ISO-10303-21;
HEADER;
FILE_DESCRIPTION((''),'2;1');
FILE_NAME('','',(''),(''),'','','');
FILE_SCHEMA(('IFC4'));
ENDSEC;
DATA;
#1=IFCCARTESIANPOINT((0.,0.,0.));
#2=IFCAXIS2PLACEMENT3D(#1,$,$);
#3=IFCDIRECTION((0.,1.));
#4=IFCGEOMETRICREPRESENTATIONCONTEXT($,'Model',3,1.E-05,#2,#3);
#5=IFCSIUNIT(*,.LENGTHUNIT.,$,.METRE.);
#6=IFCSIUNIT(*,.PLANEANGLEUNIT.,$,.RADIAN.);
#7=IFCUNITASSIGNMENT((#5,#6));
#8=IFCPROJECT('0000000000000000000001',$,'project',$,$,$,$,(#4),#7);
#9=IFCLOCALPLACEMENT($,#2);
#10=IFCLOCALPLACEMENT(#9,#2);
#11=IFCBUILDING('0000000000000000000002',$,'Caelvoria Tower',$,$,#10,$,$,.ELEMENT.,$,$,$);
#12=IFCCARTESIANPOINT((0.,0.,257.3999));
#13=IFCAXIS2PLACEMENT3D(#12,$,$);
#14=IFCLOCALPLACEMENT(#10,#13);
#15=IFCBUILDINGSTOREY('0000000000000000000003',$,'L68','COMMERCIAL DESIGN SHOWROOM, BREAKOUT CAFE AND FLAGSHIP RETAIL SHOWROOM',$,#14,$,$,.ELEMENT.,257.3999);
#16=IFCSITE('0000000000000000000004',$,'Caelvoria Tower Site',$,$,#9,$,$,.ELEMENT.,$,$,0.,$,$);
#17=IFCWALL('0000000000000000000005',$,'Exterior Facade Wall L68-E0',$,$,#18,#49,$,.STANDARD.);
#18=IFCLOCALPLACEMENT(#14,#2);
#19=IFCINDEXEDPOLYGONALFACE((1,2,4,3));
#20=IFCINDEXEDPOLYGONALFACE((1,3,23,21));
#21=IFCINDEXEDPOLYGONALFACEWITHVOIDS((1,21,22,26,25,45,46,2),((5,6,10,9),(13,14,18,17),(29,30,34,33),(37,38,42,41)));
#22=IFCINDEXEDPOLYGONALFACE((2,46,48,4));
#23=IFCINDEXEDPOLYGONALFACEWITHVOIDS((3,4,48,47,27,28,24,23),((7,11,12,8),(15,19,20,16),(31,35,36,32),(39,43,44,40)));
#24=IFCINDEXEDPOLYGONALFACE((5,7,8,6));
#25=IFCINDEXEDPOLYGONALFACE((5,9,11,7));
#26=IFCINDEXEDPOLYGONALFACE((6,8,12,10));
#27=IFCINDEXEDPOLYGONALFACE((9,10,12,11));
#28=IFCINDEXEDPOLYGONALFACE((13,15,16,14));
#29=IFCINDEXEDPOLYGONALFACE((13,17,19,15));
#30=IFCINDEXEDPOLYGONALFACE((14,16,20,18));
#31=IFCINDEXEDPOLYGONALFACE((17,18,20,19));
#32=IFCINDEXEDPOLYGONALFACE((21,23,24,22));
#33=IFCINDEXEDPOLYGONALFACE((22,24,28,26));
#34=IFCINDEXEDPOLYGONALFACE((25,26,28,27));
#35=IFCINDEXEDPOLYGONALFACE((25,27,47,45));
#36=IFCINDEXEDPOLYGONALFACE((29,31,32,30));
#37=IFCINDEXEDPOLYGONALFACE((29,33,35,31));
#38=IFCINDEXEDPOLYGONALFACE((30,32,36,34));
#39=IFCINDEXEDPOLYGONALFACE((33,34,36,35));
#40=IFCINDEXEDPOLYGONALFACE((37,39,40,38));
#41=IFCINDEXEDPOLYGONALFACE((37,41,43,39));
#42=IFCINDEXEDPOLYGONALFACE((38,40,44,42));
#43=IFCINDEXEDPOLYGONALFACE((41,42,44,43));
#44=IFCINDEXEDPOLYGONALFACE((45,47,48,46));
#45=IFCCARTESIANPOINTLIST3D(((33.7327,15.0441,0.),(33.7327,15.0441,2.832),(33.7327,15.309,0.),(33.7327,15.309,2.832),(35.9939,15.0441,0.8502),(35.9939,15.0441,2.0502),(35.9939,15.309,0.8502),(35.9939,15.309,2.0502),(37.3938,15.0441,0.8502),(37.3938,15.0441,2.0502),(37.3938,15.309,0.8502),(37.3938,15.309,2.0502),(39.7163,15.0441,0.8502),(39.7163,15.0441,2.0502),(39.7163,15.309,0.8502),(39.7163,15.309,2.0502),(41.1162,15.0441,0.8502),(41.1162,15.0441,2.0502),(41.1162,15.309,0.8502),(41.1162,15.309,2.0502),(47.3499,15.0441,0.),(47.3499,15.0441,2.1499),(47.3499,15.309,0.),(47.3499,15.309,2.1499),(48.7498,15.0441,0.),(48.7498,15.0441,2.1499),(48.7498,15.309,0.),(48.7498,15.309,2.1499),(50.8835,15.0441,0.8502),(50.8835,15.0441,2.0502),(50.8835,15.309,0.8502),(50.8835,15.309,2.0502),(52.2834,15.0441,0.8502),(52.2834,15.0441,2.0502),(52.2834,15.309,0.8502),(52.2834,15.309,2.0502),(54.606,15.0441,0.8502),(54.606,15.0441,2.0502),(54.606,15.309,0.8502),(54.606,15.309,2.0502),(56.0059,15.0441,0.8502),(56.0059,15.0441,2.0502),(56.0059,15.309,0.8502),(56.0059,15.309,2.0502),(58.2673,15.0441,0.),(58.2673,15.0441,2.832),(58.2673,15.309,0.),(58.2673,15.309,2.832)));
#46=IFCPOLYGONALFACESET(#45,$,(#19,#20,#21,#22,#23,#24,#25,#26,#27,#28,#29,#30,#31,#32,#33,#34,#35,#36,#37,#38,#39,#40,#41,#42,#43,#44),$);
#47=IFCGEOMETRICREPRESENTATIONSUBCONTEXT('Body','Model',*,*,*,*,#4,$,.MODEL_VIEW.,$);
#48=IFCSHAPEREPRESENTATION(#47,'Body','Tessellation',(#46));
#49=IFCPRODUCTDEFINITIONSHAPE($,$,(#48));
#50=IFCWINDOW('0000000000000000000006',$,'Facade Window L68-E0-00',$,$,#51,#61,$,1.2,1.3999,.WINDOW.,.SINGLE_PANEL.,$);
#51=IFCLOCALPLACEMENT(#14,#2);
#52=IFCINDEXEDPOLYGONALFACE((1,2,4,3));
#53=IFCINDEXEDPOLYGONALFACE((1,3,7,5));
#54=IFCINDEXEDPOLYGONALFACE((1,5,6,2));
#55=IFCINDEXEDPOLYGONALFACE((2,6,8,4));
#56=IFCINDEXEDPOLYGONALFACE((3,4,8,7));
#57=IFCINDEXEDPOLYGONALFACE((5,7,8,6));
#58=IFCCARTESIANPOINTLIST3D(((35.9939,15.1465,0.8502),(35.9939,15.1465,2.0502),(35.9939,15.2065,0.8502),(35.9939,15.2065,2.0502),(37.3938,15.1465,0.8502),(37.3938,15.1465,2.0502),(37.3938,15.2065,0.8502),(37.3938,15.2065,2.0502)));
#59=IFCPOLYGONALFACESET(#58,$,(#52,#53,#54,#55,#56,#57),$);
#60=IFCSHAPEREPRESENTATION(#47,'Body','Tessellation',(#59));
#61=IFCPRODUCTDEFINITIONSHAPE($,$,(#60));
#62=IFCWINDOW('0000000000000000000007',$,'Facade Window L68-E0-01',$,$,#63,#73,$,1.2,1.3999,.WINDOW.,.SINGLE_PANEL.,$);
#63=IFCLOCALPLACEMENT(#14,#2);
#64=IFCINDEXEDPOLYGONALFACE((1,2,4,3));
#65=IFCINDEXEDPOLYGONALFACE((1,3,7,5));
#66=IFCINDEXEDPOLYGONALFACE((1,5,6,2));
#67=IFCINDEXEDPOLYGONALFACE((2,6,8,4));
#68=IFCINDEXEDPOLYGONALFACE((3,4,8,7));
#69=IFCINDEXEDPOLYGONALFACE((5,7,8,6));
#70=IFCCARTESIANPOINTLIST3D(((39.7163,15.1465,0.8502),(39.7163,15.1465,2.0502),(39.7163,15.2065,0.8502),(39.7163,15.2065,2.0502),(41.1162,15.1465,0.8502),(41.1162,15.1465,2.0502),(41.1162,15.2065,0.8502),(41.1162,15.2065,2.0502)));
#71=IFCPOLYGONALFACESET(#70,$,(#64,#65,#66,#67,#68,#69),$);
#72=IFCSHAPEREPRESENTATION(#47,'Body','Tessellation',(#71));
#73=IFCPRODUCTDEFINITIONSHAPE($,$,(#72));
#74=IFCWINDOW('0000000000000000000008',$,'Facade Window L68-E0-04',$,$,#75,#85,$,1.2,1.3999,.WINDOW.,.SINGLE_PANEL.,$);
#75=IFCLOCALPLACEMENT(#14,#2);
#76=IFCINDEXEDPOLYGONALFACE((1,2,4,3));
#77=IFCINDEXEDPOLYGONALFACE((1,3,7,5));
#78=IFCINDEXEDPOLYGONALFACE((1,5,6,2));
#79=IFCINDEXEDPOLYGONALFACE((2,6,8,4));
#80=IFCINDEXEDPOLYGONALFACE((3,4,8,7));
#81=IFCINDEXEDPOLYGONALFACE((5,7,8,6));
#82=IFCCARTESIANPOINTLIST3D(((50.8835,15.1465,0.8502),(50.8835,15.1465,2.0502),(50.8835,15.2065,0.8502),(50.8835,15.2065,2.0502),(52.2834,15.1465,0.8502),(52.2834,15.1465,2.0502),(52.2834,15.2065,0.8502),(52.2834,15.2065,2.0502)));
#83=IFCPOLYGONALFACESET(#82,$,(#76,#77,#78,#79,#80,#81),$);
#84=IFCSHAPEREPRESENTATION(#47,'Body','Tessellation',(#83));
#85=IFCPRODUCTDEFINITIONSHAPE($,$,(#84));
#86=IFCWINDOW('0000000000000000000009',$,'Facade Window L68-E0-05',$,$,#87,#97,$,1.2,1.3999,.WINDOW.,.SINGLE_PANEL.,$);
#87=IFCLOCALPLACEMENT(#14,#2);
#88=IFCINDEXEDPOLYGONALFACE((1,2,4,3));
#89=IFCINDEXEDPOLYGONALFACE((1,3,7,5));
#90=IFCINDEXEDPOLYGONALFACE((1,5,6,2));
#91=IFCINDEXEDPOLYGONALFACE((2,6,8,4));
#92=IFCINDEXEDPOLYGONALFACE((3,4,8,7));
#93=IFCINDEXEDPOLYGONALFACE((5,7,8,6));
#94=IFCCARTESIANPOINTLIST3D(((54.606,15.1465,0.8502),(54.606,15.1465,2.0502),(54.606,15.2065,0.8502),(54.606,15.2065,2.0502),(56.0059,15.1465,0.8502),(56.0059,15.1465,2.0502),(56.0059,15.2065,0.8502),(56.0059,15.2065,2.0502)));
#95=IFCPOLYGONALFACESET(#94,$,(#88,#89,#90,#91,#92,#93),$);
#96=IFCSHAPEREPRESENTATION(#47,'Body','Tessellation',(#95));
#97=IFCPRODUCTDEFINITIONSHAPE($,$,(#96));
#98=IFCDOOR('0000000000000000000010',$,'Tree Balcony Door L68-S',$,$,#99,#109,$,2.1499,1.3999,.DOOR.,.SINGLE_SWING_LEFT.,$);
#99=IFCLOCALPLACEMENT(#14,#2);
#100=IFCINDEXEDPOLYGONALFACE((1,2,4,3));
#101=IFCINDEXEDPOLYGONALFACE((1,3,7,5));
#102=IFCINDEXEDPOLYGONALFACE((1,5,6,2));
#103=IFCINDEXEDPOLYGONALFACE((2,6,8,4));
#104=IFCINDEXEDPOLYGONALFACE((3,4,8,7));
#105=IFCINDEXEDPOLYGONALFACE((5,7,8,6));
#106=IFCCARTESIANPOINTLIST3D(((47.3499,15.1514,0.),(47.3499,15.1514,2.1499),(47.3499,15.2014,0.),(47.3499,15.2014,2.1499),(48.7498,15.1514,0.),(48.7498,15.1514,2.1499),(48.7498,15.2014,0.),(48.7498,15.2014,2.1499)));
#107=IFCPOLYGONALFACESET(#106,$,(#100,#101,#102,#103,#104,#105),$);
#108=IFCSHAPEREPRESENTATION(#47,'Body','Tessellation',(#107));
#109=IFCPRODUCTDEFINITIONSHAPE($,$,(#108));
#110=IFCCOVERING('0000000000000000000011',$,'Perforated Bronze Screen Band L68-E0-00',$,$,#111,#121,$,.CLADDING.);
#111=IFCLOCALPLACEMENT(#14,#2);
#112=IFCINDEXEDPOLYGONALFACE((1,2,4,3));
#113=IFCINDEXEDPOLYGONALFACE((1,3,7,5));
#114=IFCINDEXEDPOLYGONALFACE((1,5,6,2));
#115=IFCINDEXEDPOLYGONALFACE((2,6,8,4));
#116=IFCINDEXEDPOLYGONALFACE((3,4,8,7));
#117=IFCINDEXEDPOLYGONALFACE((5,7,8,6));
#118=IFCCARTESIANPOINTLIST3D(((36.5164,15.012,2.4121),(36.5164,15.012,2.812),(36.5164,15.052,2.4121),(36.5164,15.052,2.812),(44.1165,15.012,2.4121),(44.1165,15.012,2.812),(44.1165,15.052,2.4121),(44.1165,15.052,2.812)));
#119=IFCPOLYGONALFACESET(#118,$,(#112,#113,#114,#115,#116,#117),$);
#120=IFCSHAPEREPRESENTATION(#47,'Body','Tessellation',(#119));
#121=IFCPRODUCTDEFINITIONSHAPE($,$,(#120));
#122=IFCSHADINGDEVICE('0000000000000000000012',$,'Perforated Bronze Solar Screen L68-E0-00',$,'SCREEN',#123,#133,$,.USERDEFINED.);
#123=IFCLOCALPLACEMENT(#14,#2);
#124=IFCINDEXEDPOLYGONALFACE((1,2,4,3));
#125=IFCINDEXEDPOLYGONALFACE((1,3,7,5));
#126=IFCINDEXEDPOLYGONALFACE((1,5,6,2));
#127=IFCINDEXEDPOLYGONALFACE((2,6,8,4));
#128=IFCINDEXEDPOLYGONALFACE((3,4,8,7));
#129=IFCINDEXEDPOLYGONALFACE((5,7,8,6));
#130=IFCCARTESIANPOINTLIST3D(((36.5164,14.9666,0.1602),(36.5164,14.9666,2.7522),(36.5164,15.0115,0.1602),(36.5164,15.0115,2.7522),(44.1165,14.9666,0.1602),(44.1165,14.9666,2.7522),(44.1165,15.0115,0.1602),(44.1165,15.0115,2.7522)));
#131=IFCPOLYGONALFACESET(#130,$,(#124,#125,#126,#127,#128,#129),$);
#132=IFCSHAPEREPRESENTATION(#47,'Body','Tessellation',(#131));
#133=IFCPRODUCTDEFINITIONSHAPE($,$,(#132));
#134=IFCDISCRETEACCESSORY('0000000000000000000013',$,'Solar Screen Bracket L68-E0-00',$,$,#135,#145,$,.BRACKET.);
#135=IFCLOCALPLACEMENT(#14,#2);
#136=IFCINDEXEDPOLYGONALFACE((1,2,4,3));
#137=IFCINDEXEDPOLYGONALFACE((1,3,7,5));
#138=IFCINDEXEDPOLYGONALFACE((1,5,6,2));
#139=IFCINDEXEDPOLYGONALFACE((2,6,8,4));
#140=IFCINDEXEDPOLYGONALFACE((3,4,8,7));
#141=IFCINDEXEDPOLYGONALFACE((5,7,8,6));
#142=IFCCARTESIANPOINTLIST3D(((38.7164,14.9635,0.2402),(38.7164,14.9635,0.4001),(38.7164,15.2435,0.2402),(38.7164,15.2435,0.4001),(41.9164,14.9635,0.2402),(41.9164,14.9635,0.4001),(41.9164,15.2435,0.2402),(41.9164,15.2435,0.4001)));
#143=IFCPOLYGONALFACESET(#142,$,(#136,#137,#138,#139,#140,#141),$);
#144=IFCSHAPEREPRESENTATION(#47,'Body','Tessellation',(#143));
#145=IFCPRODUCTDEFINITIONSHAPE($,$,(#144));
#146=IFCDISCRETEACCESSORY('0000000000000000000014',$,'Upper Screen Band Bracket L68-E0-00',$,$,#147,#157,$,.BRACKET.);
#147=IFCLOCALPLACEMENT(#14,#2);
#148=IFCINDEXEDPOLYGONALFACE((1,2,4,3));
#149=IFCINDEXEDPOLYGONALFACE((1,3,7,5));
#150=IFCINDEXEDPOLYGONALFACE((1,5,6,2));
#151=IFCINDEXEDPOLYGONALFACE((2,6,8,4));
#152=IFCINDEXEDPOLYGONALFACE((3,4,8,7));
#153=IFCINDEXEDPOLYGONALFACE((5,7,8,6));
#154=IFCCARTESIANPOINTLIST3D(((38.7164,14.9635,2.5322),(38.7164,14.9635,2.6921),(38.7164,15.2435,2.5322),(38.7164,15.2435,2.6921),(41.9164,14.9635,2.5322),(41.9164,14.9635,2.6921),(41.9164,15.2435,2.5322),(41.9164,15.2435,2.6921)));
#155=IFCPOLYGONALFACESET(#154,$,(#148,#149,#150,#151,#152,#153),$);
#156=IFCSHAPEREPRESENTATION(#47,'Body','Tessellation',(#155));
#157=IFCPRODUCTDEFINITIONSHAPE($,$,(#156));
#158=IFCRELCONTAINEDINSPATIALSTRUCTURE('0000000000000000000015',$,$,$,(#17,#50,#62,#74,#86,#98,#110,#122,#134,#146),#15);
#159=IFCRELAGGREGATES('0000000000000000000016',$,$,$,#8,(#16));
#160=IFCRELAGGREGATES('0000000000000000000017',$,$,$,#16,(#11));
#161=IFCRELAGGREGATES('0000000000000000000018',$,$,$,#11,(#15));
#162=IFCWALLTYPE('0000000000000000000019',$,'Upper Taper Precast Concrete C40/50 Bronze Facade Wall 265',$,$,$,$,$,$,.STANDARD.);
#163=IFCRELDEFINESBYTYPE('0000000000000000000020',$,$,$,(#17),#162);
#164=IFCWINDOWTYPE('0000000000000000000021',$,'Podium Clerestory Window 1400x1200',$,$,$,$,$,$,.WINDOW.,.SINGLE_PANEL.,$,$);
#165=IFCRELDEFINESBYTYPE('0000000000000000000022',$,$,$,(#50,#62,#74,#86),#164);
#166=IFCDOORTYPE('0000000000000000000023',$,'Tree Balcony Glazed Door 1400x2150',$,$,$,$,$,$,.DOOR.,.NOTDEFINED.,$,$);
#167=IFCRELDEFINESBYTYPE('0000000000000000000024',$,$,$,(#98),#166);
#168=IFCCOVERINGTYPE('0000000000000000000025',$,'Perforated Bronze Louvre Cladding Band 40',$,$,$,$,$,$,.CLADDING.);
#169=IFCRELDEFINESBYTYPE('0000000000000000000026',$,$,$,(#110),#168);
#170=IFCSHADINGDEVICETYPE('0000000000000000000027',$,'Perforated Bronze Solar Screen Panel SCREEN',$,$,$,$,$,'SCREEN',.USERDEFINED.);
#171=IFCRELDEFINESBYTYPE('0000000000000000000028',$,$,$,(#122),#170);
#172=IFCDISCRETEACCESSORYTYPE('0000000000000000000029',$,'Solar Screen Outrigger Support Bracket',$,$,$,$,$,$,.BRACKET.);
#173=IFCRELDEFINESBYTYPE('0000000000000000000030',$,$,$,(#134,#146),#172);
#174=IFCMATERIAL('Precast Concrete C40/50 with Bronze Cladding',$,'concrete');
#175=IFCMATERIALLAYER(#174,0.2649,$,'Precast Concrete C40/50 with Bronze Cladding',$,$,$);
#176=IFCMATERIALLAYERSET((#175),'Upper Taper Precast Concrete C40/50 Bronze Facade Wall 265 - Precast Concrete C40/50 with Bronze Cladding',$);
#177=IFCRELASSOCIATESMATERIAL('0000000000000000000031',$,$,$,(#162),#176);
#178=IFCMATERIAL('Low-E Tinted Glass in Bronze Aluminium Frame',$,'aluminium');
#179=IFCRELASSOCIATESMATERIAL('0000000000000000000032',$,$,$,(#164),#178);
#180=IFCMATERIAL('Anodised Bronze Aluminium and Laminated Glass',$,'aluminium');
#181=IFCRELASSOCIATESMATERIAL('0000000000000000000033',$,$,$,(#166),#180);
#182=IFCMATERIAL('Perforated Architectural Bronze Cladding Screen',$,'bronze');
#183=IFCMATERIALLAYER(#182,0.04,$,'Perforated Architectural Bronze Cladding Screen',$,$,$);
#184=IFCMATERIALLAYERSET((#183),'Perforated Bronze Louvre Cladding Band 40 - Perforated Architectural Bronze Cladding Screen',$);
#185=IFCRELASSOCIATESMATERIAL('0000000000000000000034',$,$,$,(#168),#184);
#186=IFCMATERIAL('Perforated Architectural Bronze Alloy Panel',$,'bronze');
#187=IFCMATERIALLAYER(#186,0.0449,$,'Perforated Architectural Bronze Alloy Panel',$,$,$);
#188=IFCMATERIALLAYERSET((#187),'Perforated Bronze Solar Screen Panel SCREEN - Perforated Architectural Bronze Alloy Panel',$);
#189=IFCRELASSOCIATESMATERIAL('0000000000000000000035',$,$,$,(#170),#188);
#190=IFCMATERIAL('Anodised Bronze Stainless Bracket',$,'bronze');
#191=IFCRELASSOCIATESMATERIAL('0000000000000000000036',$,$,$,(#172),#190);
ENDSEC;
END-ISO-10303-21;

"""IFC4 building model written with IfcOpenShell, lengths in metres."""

from ifc_helpers import new_model, si_unit, direction, frame, frame_2d, origin, origin_2d, place, context, subcontext, project, spatial, rectangle, extrude, material, layer, layer_set, type_object, element, fill, save


model = new_model("IFC4")

# Units and contexts
model_context = context("Model", 3, precision=1e-05, world=origin(), true_north=direction((0.0, 1.0)))
body_context = subcontext(model_context, "Body", "Model", "MODEL_VIEW")
ifc_project = project(units=[si_unit("LENGTHUNIT", "METRE"), si_unit("PLANEANGLEUNIT", "RADIAN")], contexts=[model_context])

# Site, building, storey
site_placement = place(None, origin())
site = spatial("IfcSite", under=ifc_project, at=site_placement, Name="Caelvoria Tower Site", CompositionType="ELEMENT", RefElevation=0.0)
building_placement = place(site_placement, origin())
building = spatial("IfcBuilding", under=site, at=building_placement, Name="Caelvoria Tower", CompositionType="ELEMENT")
storey_placement = place(building_placement, frame((0.0, 0.0, 257.3999)))
storey = spatial("IfcBuildingStorey", under=building, at=storey_placement, Name="L68", Description="COMMERCIAL DESIGN SHOWROOM, BREAKOUT CAFE AND FLAGSHIP RETAIL SHOWROOM", CompositionType="ELEMENT", Elevation=257.3999)

# Wall, openings, windows, door
ifc_material_1 = material(Name="Precast Concrete C40/50 with Bronze Cladding", Category="concrete")
ifc_layer_1 = layer(ifc_material_1, 0.2649, Name="Precast Concrete C40/50 with Bronze Cladding")
ifc_layer_set_1 = layer_set([ifc_layer_1], Name="Upper Taper Precast Concrete C40/50 Bronze Facade Wall 265 - Precast Concrete C40/50 with Bronze Cladding")
wall_type_1 = type_object("IfcWallType", Name="Upper Taper Precast Concrete C40/50 Bronze Facade Wall 265", PredefinedType="STANDARD", material=ifc_layer_set_1)
wall_1_placement = place(storey_placement, frame((33.7327, 15.1765, 0.0), z_axis=(0.0, 0.0, 1.0), x_axis=(1.0, 0.0, 0.0)))
wall_1 = element("IfcWall", 1, at=wall_1_placement, inside=storey, type_object=wall_type_1, Name="Exterior Facade Wall L68-E0", PredefinedType="STANDARD", context=body_context, shape_type="SweptSolid", body=[
    extrude(rectangle(XDim=24.5347, YDim=0.2649, at=frame_2d((12.2673, 0.0))), origin(), (0.0, 0.0, 1.0), 2.832),
])
opening_1_placement = place(wall_1_placement, frame((13.6172, 0.0, 0.0)))
opening_1 = element("IfcOpeningElement", 2, at=opening_1_placement, cuts=wall_1, PredefinedType="OPENING", context=body_context, shape_type="SweptSolid", body=[
    extrude(rectangle(XDim=1.3999, YDim=2.1499, at=frame_2d((0.7, 1.075))), frame((0.0, 0.1423, 0.0), z_axis=(0.0, -1.0, 0.0), x_axis=(1.0, 0.0, 0.0)), (0.0, 0.0, 1.0), 0.2849),
])
opening_2_placement = place(wall_1_placement, frame((2.2612, 0.0, 0.8501)))
opening_2 = element("IfcOpeningElement", 3, at=opening_2_placement, cuts=wall_1, PredefinedType="OPENING", context=body_context, shape_type="SweptSolid", body=[
    extrude(rectangle(XDim=1.3999, YDim=1.2, at=frame_2d((0.7, 0.6001))), frame((0.0, 0.1423, 0.0), z_axis=(0.0, -1.0, 0.0), x_axis=(1.0, 0.0, 0.0)), (0.0, 0.0, 1.0), 0.2849),
])
opening_3_placement = place(wall_1_placement, frame((5.9836, 0.0, 0.8501)))
opening_3 = element("IfcOpeningElement", 4, at=opening_3_placement, cuts=wall_1, PredefinedType="OPENING", context=body_context, shape_type="SweptSolid", body=[
    extrude(rectangle(XDim=1.3999, YDim=1.2, at=frame_2d((0.7, 0.6001))), frame((0.0, 0.1423, 0.0), z_axis=(0.0, -1.0, 0.0), x_axis=(1.0, 0.0, 0.0)), (0.0, 0.0, 1.0), 0.2849),
])
opening_4_placement = place(wall_1_placement, frame((17.1509, 0.0, 0.8501)))
opening_4 = element("IfcOpeningElement", 5, at=opening_4_placement, cuts=wall_1, PredefinedType="OPENING", context=body_context, shape_type="SweptSolid", body=[
    extrude(rectangle(XDim=1.3999, YDim=1.2, at=frame_2d((0.7, 0.6001))), frame((0.0, 0.1423, 0.0), z_axis=(0.0, -1.0, 0.0), x_axis=(1.0, 0.0, 0.0)), (0.0, 0.0, 1.0), 0.2849),
])
opening_5_placement = place(wall_1_placement, frame((20.8733, 0.0, 0.8501)))
opening_5 = element("IfcOpeningElement", 6, at=opening_5_placement, cuts=wall_1, PredefinedType="OPENING", context=body_context, shape_type="SweptSolid", body=[
    extrude(rectangle(XDim=1.3999, YDim=1.2, at=frame_2d((0.7, 0.6001))), frame((0.0, 0.1423, 0.0), z_axis=(0.0, -1.0, 0.0), x_axis=(1.0, 0.0, 0.0)), (0.0, 0.0, 1.0), 0.2849),
])
ifc_material_2 = material(Name="Low-E Tinted Glass in Bronze Aluminium Frame", Category="aluminium")
window_type = type_object("IfcWindowType", Name="Podium Clerestory Window 1400x1200", PartitioningType="SINGLE_PANEL", PredefinedType="WINDOW", material=ifc_material_2)
window_1_placement = place(opening_2_placement, origin())
window_1 = element("IfcWindow", 7, at=window_1_placement, inside=storey, type_object=window_type, Name="Facade Window L68-E0-00", OverallHeight=1.2, OverallWidth=1.3999, PartitioningType="SINGLE_PANEL", PredefinedType="WINDOW", context=body_context, shape_type="SweptSolid", body=[
    extrude(rectangle(XDim=1.3999, YDim=1.2, at=frame_2d((0.7, 0.6001))), frame((0.0, 0.03, 0.0), z_axis=(0.0, -1.0, 0.0), x_axis=(1.0, 0.0, 0.0)), (0.0, 0.0, 1.0), 0.0601),
])
fill(opening_2, window_1)
window_2_placement = place(opening_3_placement, origin())
window_2 = element("IfcWindow", 8, at=window_2_placement, inside=storey, type_object=window_type, Name="Facade Window L68-E0-01", OverallHeight=1.2, OverallWidth=1.3999, PartitioningType="SINGLE_PANEL", PredefinedType="WINDOW", context=body_context, shape_type="SweptSolid", body=[
    extrude(rectangle(XDim=1.3999, YDim=1.2, at=frame_2d((0.7, 0.6001))), frame((0.0, 0.03, 0.0), z_axis=(0.0, -1.0, 0.0), x_axis=(1.0, 0.0, 0.0)), (0.0, 0.0, 1.0), 0.0601),
])
fill(opening_3, window_2)
window_3_placement = place(opening_4_placement, origin())
window_3 = element("IfcWindow", 9, at=window_3_placement, inside=storey, type_object=window_type, Name="Facade Window L68-E0-04", OverallHeight=1.2, OverallWidth=1.3999, PartitioningType="SINGLE_PANEL", PredefinedType="WINDOW", context=body_context, shape_type="SweptSolid", body=[
    extrude(rectangle(XDim=1.3999, YDim=1.2, at=frame_2d((0.7, 0.6001))), frame((0.0, 0.03, 0.0), z_axis=(0.0, -1.0, 0.0), x_axis=(1.0, 0.0, 0.0)), (0.0, 0.0, 1.0), 0.0601),
])
fill(opening_4, window_3)
window_4_placement = place(opening_5_placement, origin())
window_4 = element("IfcWindow", 10, at=window_4_placement, inside=storey, type_object=window_type, Name="Facade Window L68-E0-05", OverallHeight=1.2, OverallWidth=1.3999, PartitioningType="SINGLE_PANEL", PredefinedType="WINDOW", context=body_context, shape_type="SweptSolid", body=[
    extrude(rectangle(XDim=1.3999, YDim=1.2, at=frame_2d((0.7, 0.6001))), frame((0.0, 0.03, 0.0), z_axis=(0.0, -1.0, 0.0), x_axis=(1.0, 0.0, 0.0)), (0.0, 0.0, 1.0), 0.0601),
])
fill(opening_5, window_4)
ifc_material_3 = material(Name="Anodised Bronze Aluminium and Laminated Glass", Category="aluminium")
door_type = type_object("IfcDoorType", Name="Tree Balcony Glazed Door 1400x2150", OperationType="NOTDEFINED", PredefinedType="DOOR", material=ifc_material_3)
door_placement = place(opening_1_placement, origin())
door = element("IfcDoor", 11, at=door_placement, inside=storey, type_object=door_type, Name="Tree Balcony Door L68-S", OperationType="SINGLE_SWING_LEFT", OverallHeight=2.1499, OverallWidth=1.3999, PredefinedType="DOOR", context=body_context, shape_type="SweptSolid", body=[
    extrude(rectangle(XDim=1.3999, YDim=2.1499, at=frame_2d((0.7, 1.075))), frame((0.0, 0.0249, 0.0), z_axis=(0.0, -1.0, 0.0), x_axis=(1.0, 0.0, 0.0)), (0.0, 0.0, 1.0), 0.05),
])
fill(opening_1, door)

# Covering
ifc_material_4 = material(Name="Perforated Architectural Bronze Cladding Screen", Category="bronze")
ifc_layer_2 = layer(ifc_material_4, 0.04, Name="Perforated Architectural Bronze Cladding Screen")
ifc_layer_set_2 = layer_set([ifc_layer_2], Name="Perforated Bronze Louvre Cladding Band 40 - Perforated Architectural Bronze Cladding Screen")
covering_type = type_object("IfcCoveringType", Name="Perforated Bronze Louvre Cladding Band 40", PredefinedType="CLADDING", material=ifc_layer_set_2)
covering_placement = place(storey_placement, frame((40.3164, 15.032, 2.4121), z_axis=(0.0, 0.0, 1.0), x_axis=(1.0, 0.0, 0.0)))
element("IfcCovering", 12, at=covering_placement, inside=storey, type_object=covering_type, Name="Perforated Bronze Screen Band L68-E0-00", PredefinedType="CLADDING", context=body_context, shape_type="SweptSolid", body=[
    extrude(rectangle(XDim=7.6001, YDim=0.04, at=origin_2d()), origin(), (0.0, 0.0, 1.0), 0.3999),
])

# Shading device
ifc_material_5 = material(Name="Perforated Architectural Bronze Alloy Panel", Category="bronze")
ifc_layer_3 = layer(ifc_material_5, 0.0449, Name="Perforated Architectural Bronze Alloy Panel")
ifc_layer_set_3 = layer_set([ifc_layer_3], Name="Perforated Bronze Solar Screen Panel SCREEN - Perforated Architectural Bronze Alloy Panel")
shading_device_type = type_object("IfcShadingDeviceType", Name="Perforated Bronze Solar Screen Panel SCREEN", ElementType="SCREEN", PredefinedType="USERDEFINED", material=ifc_layer_set_3)
shading_device_placement = place(storey_placement, frame((40.3164, 14.989, 0.1602), z_axis=(0.0, 0.0, 1.0), x_axis=(1.0, 0.0, 0.0)))
element("IfcShadingDevice", 13, at=shading_device_placement, inside=storey, type_object=shading_device_type, Name="Perforated Bronze Solar Screen L68-E0-00", ObjectType="SCREEN", PredefinedType="USERDEFINED", context=body_context, shape_type="SweptSolid", body=[
    extrude(rectangle(XDim=7.6001, YDim=0.0449, at=origin_2d()), origin(), (0.0, 0.0, 1.0), 2.592),
])

# Discrete accessories
ifc_material_6 = material(Name="Anodised Bronze Stainless Bracket", Category="bronze")
discrete_accessory_type = type_object("IfcDiscreteAccessoryType", Name="Solar Screen Outrigger Support Bracket", PredefinedType="BRACKET", material=ifc_material_6)
for number, where, z_axis, x_axis, name in (
    (14, (40.3164, 15.1035, 0.2402), (0.0, 0.0, 1.0), (1.0, 0.0, 0.0), "Solar Screen Bracket L68-E0-00"),
    (15, (40.3164, 15.1035, 2.5322), (0.0, 0.0, 1.0), (1.0, 0.0, 0.0), "Upper Screen Band Bracket L68-E0-00"),
):
    element("IfcDiscreteAccessory", number, at=place(storey_placement, frame(where, z_axis=z_axis, x_axis=x_axis)), inside=storey, type_object=discrete_accessory_type, Name=name, PredefinedType="BRACKET", context=body_context, shape_type="SweptSolid", body=[
        extrude(rectangle(XDim=3.2, YDim=0.28, at=origin_2d()), origin(), (0.0, 0.0, 1.0), 0.1599),
    ])

save(model, "model.ifc")
